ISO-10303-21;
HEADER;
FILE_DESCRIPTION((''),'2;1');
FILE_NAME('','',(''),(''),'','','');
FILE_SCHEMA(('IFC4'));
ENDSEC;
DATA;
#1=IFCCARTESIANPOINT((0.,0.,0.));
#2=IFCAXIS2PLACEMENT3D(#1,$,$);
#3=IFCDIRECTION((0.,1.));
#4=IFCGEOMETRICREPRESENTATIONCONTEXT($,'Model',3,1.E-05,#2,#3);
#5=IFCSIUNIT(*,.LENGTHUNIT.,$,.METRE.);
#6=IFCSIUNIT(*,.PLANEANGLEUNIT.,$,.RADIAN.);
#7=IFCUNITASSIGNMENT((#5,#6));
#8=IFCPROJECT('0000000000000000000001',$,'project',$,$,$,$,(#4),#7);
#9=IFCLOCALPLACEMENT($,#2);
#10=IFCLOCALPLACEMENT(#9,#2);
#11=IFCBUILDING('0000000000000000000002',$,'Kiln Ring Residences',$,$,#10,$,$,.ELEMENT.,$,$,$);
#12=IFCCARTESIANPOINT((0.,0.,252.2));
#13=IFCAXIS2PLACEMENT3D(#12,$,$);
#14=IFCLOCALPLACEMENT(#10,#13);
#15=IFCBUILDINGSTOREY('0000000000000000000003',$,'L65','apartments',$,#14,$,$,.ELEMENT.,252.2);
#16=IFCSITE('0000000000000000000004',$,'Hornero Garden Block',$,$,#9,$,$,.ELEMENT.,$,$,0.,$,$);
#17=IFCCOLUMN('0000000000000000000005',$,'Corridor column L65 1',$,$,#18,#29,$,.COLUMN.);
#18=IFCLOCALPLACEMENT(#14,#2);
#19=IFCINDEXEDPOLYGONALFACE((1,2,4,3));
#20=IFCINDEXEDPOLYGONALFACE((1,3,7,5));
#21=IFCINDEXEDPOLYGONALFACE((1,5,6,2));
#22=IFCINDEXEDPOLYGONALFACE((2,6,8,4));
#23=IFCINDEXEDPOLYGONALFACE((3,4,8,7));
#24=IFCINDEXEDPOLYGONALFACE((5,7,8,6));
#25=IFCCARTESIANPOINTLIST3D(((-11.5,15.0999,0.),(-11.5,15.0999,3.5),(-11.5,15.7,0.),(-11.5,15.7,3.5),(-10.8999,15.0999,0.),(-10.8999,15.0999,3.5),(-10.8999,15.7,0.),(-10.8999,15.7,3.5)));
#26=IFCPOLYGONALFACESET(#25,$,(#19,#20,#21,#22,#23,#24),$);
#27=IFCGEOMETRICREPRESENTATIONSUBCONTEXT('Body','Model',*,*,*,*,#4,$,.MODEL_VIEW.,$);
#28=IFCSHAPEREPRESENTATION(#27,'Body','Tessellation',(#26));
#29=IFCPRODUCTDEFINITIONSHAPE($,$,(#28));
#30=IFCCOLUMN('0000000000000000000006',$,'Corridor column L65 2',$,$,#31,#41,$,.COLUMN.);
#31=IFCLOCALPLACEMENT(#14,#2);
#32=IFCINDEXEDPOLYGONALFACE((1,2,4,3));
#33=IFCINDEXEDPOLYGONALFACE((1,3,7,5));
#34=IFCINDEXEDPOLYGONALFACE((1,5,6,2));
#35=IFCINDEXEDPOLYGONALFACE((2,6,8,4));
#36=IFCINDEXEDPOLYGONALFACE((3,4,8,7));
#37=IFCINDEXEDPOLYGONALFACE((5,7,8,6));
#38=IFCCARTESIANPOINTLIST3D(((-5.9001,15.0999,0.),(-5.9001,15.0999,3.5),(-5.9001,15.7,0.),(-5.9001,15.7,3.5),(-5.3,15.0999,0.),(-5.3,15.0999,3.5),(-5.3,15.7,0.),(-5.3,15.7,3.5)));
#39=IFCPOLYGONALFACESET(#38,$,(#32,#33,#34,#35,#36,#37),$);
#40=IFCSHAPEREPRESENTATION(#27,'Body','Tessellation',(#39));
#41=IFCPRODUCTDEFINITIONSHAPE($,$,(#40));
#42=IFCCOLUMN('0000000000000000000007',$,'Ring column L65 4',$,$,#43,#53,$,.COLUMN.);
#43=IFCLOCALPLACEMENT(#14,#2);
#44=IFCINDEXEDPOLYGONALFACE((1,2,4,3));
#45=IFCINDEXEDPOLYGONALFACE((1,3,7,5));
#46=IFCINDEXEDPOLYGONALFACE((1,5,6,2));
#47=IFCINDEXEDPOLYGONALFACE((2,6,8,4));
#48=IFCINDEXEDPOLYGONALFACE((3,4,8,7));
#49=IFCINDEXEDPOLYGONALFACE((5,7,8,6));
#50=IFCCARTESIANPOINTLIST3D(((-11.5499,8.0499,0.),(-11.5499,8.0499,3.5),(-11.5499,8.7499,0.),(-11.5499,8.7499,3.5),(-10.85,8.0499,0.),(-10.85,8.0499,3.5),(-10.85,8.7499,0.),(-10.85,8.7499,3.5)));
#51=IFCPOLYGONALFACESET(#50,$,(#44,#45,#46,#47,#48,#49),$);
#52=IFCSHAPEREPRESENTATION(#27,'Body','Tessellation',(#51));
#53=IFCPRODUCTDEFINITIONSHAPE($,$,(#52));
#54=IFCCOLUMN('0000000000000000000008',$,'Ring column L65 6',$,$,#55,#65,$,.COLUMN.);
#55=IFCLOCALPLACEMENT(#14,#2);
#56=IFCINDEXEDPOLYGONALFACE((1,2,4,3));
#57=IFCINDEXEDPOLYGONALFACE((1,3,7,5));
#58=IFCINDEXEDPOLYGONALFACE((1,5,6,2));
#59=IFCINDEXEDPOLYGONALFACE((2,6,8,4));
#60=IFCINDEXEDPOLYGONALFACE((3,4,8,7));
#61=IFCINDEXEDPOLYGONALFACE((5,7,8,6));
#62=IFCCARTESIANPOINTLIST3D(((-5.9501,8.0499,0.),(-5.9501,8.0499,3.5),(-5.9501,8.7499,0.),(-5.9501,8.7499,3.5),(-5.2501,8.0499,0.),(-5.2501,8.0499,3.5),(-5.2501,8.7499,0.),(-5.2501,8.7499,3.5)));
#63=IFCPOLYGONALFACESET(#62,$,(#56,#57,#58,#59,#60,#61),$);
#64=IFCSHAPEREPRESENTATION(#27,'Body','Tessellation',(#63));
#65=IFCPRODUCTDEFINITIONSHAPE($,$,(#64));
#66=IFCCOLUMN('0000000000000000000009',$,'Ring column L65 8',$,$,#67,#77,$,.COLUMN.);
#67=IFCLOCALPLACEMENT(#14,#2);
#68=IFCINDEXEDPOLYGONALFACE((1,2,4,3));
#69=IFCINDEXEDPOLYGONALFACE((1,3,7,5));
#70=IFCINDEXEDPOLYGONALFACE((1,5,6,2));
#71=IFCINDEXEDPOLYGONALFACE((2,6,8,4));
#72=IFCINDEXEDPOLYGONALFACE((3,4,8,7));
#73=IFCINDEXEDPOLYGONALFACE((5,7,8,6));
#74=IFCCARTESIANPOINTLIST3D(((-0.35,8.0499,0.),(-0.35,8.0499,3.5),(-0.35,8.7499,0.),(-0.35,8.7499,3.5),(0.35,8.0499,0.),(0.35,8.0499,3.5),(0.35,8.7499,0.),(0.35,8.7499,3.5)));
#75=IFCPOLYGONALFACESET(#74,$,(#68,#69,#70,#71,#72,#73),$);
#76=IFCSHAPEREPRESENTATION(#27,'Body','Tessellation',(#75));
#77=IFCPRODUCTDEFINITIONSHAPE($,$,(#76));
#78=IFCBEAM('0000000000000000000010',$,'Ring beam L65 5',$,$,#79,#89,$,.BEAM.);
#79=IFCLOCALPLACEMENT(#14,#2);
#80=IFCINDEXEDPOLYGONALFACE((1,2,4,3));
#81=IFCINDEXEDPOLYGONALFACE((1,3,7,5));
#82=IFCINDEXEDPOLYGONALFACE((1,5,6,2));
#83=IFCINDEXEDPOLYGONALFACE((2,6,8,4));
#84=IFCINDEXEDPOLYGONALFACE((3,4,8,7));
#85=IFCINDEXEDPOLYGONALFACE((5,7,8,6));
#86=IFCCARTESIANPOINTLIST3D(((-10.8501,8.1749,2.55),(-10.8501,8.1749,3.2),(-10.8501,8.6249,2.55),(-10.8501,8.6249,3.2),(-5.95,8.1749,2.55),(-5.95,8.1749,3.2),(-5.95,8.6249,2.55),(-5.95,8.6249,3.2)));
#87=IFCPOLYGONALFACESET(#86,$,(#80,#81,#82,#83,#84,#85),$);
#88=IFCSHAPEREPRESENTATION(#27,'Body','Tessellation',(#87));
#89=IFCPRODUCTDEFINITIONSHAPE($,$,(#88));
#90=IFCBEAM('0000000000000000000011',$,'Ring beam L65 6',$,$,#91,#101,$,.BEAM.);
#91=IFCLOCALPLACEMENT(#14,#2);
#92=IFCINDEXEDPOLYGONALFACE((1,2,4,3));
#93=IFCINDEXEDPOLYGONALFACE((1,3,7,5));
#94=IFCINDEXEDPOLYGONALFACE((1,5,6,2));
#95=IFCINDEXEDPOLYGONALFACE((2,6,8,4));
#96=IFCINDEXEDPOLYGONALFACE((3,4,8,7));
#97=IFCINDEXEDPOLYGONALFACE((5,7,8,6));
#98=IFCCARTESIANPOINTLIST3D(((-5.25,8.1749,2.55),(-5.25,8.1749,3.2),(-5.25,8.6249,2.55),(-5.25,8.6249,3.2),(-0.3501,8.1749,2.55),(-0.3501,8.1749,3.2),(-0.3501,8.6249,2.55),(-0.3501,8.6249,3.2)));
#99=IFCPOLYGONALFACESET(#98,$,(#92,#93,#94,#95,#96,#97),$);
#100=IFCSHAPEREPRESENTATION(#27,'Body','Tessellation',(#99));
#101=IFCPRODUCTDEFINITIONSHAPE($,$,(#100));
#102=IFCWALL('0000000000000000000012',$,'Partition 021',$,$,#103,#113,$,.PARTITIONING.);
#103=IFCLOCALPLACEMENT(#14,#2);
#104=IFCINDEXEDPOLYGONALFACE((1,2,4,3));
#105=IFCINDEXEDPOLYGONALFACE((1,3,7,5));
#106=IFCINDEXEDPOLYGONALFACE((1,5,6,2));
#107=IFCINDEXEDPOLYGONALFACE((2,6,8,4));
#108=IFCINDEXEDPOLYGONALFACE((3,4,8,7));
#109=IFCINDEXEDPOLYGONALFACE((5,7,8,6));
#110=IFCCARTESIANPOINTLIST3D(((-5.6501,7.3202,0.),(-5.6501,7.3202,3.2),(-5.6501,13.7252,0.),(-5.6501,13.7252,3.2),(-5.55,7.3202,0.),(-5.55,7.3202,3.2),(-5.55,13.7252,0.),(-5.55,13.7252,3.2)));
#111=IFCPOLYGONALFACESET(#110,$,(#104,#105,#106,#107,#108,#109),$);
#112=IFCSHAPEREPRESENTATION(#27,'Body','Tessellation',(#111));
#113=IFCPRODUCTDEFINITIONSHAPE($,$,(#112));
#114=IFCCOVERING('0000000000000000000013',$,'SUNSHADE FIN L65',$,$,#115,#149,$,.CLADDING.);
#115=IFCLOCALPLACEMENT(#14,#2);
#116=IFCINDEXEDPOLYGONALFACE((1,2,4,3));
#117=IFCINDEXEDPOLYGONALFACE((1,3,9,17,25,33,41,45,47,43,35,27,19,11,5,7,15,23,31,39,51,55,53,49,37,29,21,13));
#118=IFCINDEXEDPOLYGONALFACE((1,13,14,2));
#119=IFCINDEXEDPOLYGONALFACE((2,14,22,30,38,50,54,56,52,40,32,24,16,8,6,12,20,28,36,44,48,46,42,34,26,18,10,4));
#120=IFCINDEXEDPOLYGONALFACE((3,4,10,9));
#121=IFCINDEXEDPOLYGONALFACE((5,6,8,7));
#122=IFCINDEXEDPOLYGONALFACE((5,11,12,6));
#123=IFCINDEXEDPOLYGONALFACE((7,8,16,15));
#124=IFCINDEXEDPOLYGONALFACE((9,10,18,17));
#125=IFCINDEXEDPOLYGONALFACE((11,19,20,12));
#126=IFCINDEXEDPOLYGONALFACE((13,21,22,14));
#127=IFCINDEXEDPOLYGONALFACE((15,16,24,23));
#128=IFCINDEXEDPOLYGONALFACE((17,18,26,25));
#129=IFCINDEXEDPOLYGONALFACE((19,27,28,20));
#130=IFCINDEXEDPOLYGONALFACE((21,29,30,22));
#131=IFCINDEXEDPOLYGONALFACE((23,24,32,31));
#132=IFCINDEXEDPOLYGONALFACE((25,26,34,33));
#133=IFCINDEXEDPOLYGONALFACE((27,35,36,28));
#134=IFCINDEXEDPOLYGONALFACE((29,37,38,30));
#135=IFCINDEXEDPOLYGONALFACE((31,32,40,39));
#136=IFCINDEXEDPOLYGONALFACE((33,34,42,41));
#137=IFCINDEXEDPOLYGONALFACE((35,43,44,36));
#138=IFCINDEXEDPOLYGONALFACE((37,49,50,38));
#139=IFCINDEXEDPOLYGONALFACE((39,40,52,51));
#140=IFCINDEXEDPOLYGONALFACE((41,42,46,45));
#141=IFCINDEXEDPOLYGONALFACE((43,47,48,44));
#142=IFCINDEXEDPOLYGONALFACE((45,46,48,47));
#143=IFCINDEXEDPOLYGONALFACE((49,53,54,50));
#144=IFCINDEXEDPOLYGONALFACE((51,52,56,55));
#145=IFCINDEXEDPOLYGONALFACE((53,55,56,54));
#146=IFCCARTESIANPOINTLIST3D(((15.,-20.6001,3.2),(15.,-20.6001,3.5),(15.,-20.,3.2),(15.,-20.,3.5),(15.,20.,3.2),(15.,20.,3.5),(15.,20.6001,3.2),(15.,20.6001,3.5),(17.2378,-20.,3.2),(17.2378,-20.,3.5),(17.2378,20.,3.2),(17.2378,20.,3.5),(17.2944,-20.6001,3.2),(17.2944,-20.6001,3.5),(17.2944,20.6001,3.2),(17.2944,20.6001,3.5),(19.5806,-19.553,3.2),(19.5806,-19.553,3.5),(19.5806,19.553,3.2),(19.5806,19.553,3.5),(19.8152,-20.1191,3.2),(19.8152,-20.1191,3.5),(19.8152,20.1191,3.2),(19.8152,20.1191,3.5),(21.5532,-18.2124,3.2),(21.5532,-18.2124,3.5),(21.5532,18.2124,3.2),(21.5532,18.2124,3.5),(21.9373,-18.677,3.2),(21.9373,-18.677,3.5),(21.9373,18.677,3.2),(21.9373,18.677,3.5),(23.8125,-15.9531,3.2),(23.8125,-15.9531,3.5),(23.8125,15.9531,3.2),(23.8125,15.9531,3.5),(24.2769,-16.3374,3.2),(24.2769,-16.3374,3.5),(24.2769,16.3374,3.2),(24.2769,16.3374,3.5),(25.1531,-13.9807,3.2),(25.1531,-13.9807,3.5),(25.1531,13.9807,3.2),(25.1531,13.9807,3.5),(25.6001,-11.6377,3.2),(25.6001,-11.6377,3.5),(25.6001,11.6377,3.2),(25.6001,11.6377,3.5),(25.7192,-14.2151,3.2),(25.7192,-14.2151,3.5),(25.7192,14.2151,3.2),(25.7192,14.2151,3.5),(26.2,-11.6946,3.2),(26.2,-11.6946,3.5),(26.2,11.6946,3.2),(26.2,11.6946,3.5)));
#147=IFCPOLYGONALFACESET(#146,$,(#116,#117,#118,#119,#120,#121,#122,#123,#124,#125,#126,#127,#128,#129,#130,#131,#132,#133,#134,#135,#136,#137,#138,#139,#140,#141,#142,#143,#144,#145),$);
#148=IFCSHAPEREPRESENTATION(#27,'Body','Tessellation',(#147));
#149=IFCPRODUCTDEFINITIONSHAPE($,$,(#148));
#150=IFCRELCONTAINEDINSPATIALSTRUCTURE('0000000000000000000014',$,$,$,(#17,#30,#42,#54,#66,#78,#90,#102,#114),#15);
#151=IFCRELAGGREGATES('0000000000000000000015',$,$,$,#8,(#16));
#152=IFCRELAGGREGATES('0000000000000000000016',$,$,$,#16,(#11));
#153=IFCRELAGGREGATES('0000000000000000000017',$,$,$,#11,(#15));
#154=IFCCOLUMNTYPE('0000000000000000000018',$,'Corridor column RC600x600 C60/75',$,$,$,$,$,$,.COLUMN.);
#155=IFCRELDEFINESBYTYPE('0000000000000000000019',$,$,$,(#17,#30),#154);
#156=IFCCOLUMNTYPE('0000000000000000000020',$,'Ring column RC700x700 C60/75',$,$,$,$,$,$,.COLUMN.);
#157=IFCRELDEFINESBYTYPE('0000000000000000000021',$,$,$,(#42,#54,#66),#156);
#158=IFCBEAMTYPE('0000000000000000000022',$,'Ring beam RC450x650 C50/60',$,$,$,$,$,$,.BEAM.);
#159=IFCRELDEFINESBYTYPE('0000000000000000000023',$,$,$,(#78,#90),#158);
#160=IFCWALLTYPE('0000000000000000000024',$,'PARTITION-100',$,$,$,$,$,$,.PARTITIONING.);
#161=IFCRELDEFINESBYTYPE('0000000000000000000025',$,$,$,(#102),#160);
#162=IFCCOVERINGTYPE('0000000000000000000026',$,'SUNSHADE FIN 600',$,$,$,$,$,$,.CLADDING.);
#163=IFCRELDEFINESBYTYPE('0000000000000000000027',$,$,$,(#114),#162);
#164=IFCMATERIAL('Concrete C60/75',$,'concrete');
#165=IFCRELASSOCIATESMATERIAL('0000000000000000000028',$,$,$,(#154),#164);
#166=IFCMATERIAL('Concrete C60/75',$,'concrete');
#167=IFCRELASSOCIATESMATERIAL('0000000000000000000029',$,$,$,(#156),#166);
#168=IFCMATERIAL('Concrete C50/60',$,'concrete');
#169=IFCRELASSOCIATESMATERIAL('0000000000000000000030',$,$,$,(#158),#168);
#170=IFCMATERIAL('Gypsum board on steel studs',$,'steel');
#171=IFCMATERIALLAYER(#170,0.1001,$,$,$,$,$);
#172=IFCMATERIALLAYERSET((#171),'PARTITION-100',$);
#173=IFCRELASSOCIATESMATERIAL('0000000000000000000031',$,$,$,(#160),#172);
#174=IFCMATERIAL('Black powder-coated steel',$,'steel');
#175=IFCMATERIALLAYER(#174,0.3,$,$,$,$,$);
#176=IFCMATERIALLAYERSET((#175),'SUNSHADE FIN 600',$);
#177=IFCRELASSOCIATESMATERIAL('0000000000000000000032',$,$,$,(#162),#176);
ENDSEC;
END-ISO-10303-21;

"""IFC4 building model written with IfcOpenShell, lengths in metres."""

from ifc_helpers import new_model, si_unit, direction, frame, frame_2d, origin, origin_2d, place, context, subcontext, project, spatial, polyline, rectangle, outline, extrude, material, layer, layer_set, material_profile, profile_set, type_object, element, save


model = new_model("IFC4")

# Units and contexts
model_context = context("Model", 3, precision=1e-05, world=origin(), true_north=direction((0.0, 1.0)))
body_context = subcontext(model_context, "Body", "Model", "MODEL_VIEW")
ifc_project = project(units=[si_unit("LENGTHUNIT", "METRE"), si_unit("PLANEANGLEUNIT", "RADIAN")], contexts=[model_context])

# Site, building, storey
site_placement = place(None, origin())
site = spatial("IfcSite", under=ifc_project, at=site_placement, Name="Hornero Garden Block", CompositionType="ELEMENT", RefElevation=0.0)
building_placement = place(site_placement, origin())
building = spatial("IfcBuilding", under=site, at=building_placement, Name="Kiln Ring Residences", CompositionType="ELEMENT")
storey_placement = place(building_placement, frame((0.0, 0.0, 252.2)))
storey = spatial("IfcBuildingStorey", under=building, at=storey_placement, Name="L65", Description="apartments", CompositionType="ELEMENT", Elevation=252.2)

# Columns
ifc_material_1 = material(Name="Concrete C60/75", Category="concrete")
ifc_material_profile_1 = material_profile(ifc_material_1, rectangle(XDim=0.6001, YDim=0.6001, at=origin_2d()), Name="RC600x600")
ifc_profile_set_1 = profile_set([ifc_material_profile_1], Name="Concrete C60/75")
column_type_1 = type_object("IfcColumnType", Name="Corridor column RC600x600 C60/75", PredefinedType="COLUMN", material=ifc_profile_set_1)
for number, where, z_axis, x_axis, name in (
    (1, (-11.2, 15.3999, 0.0), (0.0, 0.0, 1.0), (1.0, 0.0, 0.0), "Corridor column L65 1"),
    (2, (-5.6001, 15.3999, 0.0), (0.0, 0.0, 1.0), (1.0, 0.0, 0.0), "Corridor column L65 2"),
):
    element("IfcColumn", number, at=place(storey_placement, frame(where, z_axis=z_axis, x_axis=x_axis)), inside=storey, type_object=column_type_1, Name=name, PredefinedType="COLUMN", context=body_context, shape_type="SweptSolid", body=[
        extrude(rectangle(XDim=0.6001, YDim=0.6001, at=origin_2d()), origin(), (0.0, 0.0, 1.0), 3.5),
    ])
ifc_material_2 = material(Name="Concrete C60/75", Category="concrete")
ifc_material_profile_2 = material_profile(ifc_material_2, rectangle(XDim=0.7, YDim=0.7, at=origin_2d()), Name="RC700x700")
ifc_profile_set_2 = profile_set([ifc_material_profile_2], Name="Concrete C60/75")
column_type_2 = type_object("IfcColumnType", Name="Ring column RC700x700 C60/75", PredefinedType="COLUMN", material=ifc_profile_set_2)
for number, where, z_axis, x_axis, name in (
    (3, (-11.2, 8.3999, 0.0), (0.0, 0.0, 1.0), (1.0, 0.0, 0.0), "Ring column L65 4"),
    (4, (-5.6001, 8.3999, 0.0), (0.0, 0.0, 1.0), (1.0, 0.0, 0.0), "Ring column L65 6"),
    (5, (0.0, 8.3999, 0.0), (0.0, 0.0, 1.0), (1.0, 0.0, 0.0), "Ring column L65 8"),
):
    element("IfcColumn", number, at=place(storey_placement, frame(where, z_axis=z_axis, x_axis=x_axis)), inside=storey, type_object=column_type_2, Name=name, PredefinedType="COLUMN", context=body_context, shape_type="SweptSolid", body=[
        extrude(rectangle(XDim=0.7, YDim=0.7, at=origin_2d()), origin(), (0.0, 0.0, 1.0), 3.5),
    ])

# Beams
ifc_material_3 = material(Name="Concrete C50/60", Category="concrete")
ifc_material_profile_3 = material_profile(ifc_material_3, rectangle(XDim=0.45, YDim=0.6499, at=origin_2d()), Name="RC450x650")
ifc_profile_set_3 = profile_set([ifc_material_profile_3], Name="Concrete C50/60")
beam_type = type_object("IfcBeamType", Name="Ring beam RC450x650 C50/60", PredefinedType="BEAM", material=ifc_profile_set_3)
beam_1_placement = place(storey_placement, frame((-10.8501, 8.3999, 2.875), z_axis=(1.0, 0.0, 0.0), x_axis=(0.0, 1.0, 0.0)))
element("IfcBeam", 6, at=beam_1_placement, inside=storey, type_object=beam_type, Name="Ring beam L65 5", PredefinedType="BEAM", context=body_context, shape_type="SweptSolid", body=[
    extrude(rectangle(XDim=0.45, YDim=0.6499, at=origin_2d()), origin(), (0.0, 0.0, 1.0), 4.9001),
])
beam_2_placement = place(storey_placement, frame((-5.25, 8.3999, 2.875), z_axis=(1.0, 0.0, 0.0), x_axis=(0.0, 1.0, 0.0)))
element("IfcBeam", 7, at=beam_2_placement, inside=storey, type_object=beam_type, Name="Ring beam L65 6", PredefinedType="BEAM", context=body_context, shape_type="SweptSolid", body=[
    extrude(rectangle(XDim=0.45, YDim=0.6499, at=origin_2d()), origin(), (0.0, 0.0, 1.0), 4.8999),
])

# Wall
ifc_material_4 = material(Name="Gypsum board on steel studs", Category="steel")
ifc_layer_1 = layer(ifc_material_4, 0.1001)
ifc_layer_set_1 = layer_set([ifc_layer_1], Name="PARTITION-100")
wall_type = type_object("IfcWallType", Name="PARTITION-100", PredefinedType="PARTITIONING", material=ifc_layer_set_1)
wall_placement = place(storey_placement, frame((-5.6001, 7.3201, 0.0), z_axis=(0.0, 0.0, 1.0), x_axis=(0.0, 1.0, 0.0)))
element("IfcWall", 8, at=wall_placement, inside=storey, type_object=wall_type, Name="Partition 021", PredefinedType="PARTITIONING", context=body_context, shape_type="SweptSolid", body=[
    extrude(rectangle(XDim=6.405, YDim=0.1001, at=frame_2d((3.2026, 0.0))), origin(), (0.0, 0.0, 1.0), 3.2),
])

# Covering
ifc_material_5 = material(Name="Black powder-coated steel", Category="steel")
ifc_layer_2 = layer(ifc_material_5, 0.3)
ifc_layer_set_2 = layer_set([ifc_layer_2], Name="SUNSHADE FIN 600")
covering_type = type_object("IfcCoveringType", Name="SUNSHADE FIN 600", PredefinedType="CLADDING", material=ifc_layer_set_2)
covering_placement = place(storey_placement, frame((0.0, 0.0, 3.2)))
element("IfcCovering", 9, at=covering_placement, inside=storey, type_object=covering_type, Name="SUNSHADE FIN L65", PredefinedType="CLADDING", context=body_context, shape_type="SweptSolid", body=[
    extrude(outline(polyline([(17.2944, 20.6001), (15.0, 20.6001), (15.0, 20.0), (17.2378, 20.0), (19.5806, 19.553), (21.5532, 18.2124), (23.8125, 15.9531), (25.1531, 13.9807), (25.6001, 11.6377), (25.6001, -11.6377), (25.1531, -13.9807), (23.8125, -15.9531), (21.5532, -18.2124), (19.5806, -19.553), (17.2378, -20.0), (15.0, -20.0), (15.0, -20.6001), (17.2944, -20.6001), (19.8152, -20.1191), (21.9373, -18.677), (24.2769, -16.3374), (25.7192, -14.2151), (26.2, -11.6946), (26.2, 11.6946), (25.7192, 14.2151), (24.2769, 16.3374), (21.9373, 18.677), (19.8152, 20.1191), (17.2944, 20.6001)])), origin(), (0.0, 0.0, 1.0), 0.3),
])

save(model, "model.ifc")
